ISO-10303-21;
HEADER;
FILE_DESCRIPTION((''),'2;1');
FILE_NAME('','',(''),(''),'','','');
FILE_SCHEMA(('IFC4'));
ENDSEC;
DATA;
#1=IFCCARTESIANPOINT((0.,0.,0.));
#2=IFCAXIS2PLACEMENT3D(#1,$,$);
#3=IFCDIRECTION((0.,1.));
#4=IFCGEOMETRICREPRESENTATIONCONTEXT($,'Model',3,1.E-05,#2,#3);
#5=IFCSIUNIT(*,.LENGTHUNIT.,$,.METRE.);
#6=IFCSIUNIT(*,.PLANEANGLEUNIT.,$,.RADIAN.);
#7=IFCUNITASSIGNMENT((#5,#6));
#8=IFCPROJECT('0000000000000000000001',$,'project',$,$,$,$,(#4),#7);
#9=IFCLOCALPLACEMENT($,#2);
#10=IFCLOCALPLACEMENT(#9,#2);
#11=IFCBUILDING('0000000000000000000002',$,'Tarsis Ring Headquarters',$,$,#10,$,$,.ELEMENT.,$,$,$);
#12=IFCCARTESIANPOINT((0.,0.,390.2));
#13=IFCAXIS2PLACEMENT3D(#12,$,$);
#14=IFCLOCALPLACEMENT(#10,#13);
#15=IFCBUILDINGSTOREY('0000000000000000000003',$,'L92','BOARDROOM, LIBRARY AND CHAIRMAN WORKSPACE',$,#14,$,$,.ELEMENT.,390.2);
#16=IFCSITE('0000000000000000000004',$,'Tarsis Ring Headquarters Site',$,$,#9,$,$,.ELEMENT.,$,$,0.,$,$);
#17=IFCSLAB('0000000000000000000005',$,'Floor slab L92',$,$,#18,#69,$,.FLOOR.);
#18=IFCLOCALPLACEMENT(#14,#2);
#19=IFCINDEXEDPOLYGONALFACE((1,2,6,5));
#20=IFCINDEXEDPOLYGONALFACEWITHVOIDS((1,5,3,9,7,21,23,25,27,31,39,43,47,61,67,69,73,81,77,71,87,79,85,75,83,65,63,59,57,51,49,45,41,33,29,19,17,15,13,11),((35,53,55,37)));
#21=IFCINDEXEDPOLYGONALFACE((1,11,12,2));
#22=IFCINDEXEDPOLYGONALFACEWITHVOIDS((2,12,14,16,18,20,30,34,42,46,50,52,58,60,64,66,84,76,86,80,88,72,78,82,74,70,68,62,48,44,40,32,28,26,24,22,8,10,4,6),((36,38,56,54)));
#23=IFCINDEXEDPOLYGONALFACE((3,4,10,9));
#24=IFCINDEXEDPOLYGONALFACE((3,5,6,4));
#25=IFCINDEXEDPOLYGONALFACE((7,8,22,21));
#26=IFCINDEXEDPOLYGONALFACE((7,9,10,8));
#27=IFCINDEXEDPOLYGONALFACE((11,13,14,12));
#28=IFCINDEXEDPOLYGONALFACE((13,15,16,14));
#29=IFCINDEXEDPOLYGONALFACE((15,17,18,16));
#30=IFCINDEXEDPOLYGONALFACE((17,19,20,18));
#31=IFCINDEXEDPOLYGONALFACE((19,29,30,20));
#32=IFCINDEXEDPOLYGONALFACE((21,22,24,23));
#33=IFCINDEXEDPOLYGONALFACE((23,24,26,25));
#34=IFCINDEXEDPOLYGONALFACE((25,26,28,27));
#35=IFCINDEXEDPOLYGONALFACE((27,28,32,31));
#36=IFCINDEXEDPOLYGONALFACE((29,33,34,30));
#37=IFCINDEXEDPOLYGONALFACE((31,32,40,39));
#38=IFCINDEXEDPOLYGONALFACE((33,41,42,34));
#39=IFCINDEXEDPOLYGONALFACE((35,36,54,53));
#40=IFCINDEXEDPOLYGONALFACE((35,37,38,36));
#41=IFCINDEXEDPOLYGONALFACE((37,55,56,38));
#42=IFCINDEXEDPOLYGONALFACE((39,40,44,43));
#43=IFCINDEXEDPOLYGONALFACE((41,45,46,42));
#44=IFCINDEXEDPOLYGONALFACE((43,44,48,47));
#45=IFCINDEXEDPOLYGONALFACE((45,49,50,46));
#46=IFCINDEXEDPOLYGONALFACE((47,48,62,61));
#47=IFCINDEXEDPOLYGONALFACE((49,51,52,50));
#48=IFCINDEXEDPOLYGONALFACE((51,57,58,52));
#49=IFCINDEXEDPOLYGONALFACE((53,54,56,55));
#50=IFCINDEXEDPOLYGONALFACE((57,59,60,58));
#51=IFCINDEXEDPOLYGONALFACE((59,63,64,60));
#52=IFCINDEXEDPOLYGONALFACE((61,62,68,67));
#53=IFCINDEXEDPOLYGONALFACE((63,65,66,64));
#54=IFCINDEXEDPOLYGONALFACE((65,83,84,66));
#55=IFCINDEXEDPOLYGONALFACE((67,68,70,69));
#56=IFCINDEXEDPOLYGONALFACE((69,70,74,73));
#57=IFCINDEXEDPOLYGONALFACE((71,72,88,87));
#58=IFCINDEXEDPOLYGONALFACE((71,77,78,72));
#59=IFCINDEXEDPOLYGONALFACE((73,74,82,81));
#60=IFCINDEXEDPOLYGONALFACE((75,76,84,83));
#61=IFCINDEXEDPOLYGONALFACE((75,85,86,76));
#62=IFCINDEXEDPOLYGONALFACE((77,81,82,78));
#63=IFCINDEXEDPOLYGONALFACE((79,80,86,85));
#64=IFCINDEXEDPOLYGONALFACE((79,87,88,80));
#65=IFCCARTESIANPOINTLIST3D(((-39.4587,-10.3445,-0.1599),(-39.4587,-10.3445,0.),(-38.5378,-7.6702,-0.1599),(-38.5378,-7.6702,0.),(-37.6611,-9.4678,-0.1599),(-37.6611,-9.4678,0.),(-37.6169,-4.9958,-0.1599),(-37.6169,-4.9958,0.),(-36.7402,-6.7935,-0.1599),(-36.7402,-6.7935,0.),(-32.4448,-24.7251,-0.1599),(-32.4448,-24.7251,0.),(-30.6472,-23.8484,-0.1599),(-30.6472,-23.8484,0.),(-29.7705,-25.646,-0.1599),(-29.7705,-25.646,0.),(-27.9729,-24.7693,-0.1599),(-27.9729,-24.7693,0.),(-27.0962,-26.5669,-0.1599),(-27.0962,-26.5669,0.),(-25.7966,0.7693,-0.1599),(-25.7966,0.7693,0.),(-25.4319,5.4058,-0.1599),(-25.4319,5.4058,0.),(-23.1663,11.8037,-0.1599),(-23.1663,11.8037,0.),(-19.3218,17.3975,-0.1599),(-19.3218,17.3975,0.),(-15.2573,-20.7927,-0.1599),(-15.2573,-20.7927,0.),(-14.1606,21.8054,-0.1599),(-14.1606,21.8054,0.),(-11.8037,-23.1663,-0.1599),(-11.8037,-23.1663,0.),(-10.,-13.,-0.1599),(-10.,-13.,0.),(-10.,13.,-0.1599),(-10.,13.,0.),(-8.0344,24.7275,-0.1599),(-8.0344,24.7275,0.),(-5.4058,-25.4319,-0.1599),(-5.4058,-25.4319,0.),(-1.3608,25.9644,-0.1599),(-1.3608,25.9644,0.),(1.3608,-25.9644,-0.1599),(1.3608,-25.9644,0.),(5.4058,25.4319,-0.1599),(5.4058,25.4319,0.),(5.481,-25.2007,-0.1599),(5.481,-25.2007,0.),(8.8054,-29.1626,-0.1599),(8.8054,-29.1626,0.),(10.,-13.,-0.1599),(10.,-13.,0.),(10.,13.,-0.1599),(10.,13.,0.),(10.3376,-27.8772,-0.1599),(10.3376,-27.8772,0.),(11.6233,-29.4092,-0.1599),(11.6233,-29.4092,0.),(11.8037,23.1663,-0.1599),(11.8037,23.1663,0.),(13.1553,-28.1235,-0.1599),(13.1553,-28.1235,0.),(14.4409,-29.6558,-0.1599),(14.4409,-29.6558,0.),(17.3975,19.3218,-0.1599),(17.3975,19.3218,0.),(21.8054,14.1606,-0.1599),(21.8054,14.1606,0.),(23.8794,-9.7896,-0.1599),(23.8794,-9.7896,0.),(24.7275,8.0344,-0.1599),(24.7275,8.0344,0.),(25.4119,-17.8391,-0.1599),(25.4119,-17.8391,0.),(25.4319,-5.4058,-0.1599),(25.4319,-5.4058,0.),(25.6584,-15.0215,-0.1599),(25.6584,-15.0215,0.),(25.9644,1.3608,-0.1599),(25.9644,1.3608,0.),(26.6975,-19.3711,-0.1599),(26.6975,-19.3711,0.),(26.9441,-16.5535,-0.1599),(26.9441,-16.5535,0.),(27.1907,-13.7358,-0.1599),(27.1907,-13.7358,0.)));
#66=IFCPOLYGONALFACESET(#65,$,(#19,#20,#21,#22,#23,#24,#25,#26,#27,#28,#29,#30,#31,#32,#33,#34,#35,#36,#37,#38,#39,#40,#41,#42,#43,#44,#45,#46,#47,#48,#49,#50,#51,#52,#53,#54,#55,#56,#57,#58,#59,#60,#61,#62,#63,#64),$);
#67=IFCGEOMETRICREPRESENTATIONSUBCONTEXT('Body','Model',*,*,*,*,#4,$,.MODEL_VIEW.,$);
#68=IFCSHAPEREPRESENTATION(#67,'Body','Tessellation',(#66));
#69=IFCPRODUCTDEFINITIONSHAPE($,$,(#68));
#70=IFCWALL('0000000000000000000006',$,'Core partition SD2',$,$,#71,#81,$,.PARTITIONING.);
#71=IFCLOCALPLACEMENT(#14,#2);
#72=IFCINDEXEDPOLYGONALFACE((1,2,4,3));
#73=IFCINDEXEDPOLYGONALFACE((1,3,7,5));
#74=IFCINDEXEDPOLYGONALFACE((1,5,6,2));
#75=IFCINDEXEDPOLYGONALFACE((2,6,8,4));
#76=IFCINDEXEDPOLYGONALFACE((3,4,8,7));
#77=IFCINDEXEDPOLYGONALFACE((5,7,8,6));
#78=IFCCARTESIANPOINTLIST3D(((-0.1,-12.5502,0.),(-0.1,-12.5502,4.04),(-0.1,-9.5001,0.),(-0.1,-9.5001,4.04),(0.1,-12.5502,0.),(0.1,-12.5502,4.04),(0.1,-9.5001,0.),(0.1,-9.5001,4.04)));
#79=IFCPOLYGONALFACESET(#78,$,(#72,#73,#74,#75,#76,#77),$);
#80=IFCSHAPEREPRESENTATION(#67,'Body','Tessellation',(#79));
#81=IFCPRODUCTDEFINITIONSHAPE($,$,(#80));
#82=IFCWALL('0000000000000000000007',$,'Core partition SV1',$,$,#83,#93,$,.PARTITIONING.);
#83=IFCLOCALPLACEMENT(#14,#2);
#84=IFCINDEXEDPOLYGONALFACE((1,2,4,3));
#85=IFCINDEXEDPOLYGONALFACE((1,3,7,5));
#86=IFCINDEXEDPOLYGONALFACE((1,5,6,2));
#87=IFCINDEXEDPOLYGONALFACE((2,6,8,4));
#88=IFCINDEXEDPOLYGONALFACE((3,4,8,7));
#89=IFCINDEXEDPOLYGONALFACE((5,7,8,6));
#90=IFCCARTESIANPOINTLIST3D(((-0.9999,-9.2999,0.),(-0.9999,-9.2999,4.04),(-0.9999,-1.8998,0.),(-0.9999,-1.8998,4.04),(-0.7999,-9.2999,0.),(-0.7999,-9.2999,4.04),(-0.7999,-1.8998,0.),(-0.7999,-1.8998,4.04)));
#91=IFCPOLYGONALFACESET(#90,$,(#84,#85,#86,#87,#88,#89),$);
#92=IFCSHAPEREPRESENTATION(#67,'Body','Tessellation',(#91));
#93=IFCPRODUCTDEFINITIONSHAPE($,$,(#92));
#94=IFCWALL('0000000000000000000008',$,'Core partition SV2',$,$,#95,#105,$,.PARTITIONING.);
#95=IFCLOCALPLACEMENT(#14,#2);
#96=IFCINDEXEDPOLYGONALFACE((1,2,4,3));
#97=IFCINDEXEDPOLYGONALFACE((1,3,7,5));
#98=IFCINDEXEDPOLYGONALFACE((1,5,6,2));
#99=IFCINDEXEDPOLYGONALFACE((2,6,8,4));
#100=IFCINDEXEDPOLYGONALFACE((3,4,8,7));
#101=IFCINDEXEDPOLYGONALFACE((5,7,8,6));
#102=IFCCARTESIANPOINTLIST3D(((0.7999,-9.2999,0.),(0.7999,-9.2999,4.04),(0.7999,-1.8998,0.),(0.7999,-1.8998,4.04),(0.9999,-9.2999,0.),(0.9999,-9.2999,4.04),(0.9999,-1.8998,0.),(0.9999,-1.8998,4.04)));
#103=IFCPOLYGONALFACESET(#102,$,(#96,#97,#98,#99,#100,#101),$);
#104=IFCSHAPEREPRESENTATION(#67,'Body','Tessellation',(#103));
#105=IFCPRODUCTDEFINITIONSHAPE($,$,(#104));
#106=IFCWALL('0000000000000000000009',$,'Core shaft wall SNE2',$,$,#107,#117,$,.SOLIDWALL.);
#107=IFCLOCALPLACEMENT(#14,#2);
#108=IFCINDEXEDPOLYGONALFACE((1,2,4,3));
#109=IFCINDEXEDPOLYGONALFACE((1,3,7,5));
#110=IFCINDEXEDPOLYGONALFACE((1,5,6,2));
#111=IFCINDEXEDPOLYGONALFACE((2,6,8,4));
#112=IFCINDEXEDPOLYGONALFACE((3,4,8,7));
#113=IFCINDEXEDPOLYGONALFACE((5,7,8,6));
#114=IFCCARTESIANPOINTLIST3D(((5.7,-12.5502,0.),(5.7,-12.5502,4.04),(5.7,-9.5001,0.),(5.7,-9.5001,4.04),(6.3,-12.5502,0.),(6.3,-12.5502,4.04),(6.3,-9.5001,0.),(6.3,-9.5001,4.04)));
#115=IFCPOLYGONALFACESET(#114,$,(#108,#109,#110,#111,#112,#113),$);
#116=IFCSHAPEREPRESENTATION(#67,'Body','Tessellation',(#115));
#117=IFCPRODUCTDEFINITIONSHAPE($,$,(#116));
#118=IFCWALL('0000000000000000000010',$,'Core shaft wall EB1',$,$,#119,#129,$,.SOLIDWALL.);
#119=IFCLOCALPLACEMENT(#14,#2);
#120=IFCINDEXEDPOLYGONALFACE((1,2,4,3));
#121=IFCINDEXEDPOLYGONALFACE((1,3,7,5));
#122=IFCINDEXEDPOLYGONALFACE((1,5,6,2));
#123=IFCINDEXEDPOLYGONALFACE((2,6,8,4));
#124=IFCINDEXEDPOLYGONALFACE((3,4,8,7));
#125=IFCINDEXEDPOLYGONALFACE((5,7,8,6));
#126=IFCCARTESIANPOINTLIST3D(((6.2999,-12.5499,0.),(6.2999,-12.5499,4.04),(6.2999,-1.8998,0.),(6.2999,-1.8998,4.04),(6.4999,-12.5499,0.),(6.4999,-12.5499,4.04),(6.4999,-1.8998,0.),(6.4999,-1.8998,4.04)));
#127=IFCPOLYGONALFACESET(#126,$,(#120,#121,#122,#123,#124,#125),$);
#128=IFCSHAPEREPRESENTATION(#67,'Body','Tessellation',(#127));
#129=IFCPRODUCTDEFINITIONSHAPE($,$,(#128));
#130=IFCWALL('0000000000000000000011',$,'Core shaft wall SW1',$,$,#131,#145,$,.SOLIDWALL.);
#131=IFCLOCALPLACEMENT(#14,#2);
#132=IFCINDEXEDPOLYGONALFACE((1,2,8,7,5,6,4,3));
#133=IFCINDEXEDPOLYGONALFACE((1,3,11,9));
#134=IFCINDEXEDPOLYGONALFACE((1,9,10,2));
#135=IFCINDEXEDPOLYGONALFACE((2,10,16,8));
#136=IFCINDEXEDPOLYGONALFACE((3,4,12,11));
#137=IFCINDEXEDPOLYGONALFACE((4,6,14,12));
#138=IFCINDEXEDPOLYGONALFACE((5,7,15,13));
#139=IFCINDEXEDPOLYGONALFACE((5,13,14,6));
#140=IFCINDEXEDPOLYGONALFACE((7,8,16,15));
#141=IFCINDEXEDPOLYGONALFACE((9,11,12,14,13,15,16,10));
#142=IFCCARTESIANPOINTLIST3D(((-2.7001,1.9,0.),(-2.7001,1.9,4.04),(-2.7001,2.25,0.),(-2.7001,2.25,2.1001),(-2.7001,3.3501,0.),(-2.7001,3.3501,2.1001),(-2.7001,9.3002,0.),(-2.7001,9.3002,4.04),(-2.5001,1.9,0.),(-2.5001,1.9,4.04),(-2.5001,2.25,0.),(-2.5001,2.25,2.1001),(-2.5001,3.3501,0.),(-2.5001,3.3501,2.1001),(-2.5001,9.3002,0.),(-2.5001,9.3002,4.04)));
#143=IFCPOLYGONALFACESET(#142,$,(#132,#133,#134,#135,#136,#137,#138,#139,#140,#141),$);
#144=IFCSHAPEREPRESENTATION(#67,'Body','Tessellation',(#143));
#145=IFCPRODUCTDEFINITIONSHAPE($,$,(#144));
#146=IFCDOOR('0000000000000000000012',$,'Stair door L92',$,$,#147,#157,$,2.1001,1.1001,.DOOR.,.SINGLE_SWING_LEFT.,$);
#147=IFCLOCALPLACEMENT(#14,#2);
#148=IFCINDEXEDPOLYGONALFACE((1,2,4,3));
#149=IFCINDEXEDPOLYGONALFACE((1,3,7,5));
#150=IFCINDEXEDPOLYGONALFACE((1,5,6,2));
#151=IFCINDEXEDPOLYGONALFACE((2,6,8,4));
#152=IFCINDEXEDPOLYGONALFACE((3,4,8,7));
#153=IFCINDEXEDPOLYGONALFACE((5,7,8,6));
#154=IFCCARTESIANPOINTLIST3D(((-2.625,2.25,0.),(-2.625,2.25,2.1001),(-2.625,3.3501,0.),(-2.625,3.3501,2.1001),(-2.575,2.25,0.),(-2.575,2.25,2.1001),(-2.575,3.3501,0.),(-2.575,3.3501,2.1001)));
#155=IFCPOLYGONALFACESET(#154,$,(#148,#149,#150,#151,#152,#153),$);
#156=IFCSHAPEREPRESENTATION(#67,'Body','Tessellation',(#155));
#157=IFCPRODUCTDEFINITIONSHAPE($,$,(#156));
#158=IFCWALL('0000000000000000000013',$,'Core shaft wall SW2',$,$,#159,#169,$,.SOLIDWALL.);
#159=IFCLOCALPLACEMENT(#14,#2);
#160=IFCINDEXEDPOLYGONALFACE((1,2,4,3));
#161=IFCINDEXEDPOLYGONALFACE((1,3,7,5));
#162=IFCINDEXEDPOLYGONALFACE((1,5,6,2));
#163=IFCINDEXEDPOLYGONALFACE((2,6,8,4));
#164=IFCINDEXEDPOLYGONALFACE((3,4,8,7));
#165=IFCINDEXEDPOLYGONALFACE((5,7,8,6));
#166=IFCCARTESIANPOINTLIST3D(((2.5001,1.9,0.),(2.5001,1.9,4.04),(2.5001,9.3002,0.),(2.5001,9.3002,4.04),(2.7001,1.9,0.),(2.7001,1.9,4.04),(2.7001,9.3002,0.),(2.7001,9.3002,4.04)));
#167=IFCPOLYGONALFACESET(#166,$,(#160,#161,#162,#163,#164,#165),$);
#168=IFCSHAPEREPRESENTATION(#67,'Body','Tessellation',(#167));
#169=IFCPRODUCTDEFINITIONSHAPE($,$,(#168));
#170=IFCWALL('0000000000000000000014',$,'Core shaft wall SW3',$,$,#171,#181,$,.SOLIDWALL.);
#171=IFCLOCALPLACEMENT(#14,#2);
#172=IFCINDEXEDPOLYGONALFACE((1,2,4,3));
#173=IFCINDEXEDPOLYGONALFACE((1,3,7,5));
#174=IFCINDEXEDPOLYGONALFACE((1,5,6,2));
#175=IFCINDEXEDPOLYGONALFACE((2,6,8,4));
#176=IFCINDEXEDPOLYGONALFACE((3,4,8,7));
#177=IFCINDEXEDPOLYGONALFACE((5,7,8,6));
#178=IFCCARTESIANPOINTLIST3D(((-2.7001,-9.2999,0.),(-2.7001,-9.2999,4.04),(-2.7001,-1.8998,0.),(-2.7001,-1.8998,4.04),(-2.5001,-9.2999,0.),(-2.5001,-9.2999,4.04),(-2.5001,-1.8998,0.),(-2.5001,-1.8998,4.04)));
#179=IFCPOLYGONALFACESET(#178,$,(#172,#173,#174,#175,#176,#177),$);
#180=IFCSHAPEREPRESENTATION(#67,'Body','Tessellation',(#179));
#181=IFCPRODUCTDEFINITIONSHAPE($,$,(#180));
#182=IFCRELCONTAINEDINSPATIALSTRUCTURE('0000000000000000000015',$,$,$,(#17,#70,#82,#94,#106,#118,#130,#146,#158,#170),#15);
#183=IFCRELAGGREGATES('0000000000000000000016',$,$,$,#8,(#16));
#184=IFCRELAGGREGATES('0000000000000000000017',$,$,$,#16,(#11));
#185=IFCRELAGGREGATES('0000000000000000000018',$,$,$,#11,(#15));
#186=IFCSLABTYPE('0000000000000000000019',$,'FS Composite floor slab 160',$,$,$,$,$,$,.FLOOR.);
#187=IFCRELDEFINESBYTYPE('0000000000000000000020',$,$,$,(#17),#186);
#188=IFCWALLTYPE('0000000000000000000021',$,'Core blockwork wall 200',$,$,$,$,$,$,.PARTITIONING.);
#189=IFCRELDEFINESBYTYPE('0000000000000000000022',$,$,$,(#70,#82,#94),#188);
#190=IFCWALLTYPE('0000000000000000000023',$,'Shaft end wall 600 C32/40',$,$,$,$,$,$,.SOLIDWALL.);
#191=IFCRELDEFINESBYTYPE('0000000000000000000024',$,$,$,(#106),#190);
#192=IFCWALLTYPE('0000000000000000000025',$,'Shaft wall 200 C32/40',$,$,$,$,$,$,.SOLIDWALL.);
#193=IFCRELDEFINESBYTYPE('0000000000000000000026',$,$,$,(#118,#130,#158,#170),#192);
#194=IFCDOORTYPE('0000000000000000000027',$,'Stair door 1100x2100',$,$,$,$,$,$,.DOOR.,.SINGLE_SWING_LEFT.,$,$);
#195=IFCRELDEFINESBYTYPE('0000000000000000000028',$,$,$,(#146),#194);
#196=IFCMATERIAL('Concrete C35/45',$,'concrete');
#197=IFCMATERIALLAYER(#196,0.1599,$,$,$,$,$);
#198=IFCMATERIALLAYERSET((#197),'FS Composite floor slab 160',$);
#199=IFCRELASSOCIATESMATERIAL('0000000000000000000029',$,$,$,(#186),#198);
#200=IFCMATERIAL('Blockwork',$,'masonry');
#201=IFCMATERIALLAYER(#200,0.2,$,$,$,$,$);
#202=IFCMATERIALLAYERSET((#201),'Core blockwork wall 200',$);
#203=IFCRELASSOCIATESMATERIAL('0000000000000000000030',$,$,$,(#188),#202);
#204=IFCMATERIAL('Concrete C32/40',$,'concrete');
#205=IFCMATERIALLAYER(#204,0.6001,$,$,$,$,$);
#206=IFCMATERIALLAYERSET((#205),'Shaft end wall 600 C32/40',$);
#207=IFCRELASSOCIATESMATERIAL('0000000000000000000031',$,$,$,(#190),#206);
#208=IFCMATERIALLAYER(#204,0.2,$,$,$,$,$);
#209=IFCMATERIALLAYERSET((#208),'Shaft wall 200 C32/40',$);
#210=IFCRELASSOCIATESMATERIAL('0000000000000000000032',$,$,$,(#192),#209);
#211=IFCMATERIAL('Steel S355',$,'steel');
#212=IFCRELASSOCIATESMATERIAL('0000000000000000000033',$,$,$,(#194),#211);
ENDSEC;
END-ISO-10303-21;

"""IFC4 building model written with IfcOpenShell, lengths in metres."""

from ifc_helpers import new_model, si_unit, direction, frame, frame_2d, origin, place, context, subcontext, project, spatial, polyline, rectangle, outline, extrude, material, layer, layer_set, type_object, element, fill, save


model = new_model("IFC4")

# Units and contexts
model_context = context("Model", 3, precision=1e-05, world=origin(), true_north=direction((0.0, 1.0)))
body_context = subcontext(model_context, "Body", "Model", "MODEL_VIEW")
ifc_project = project(units=[si_unit("LENGTHUNIT", "METRE"), si_unit("PLANEANGLEUNIT", "RADIAN")], contexts=[model_context])

# Site, building, storey
site_placement = place(None, origin())
site = spatial("IfcSite", under=ifc_project, at=site_placement, Name="Tarsis Ring Headquarters Site", CompositionType="ELEMENT", RefElevation=0.0)
building_placement = place(site_placement, origin())
building = spatial("IfcBuilding", under=site, at=building_placement, Name="Tarsis Ring Headquarters", CompositionType="ELEMENT")
storey_placement = place(building_placement, frame((0.0, 0.0, 390.2)))
storey = spatial("IfcBuildingStorey", under=building, at=storey_placement, Name="L92", Description="BOARDROOM, LIBRARY AND CHAIRMAN WORKSPACE", CompositionType="ELEMENT", Elevation=390.2)

# Slab
ifc_material_1 = material(Name="Concrete C35/45", Category="concrete")
ifc_layer_1 = layer(ifc_material_1, 0.1599)
ifc_layer_set_1 = layer_set([ifc_layer_1], Name="FS Composite floor slab 160")
slab_type_1 = type_object("IfcSlabType", Name="FS Composite floor slab 160", PredefinedType="FLOOR", material=ifc_layer_set_1)
slab_1_placement = place(storey_placement, frame((0.0, 0.0, -0.1599)))
element("IfcSlab", 1, at=slab_1_placement, inside=storey, type_object=slab_type_1, Name="Floor slab L92", PredefinedType="FLOOR", context=body_context, shape_type="SweptSolid", body=[
    extrude(outline(polyline([(-15.2573, -20.7927), (-11.8037, -23.1663), (-5.4058, -25.4319), (1.3608, -25.9644), (5.481, -25.2007), (8.8054, -29.1626), (10.3376, -27.8772), (11.6233, -29.4092), (13.1553, -28.1235), (14.4409, -29.6558), (26.6975, -19.3711), (25.4119, -17.8391), (26.9441, -16.5535), (25.6584, -15.0215), (27.1907, -13.7358), (23.8794, -9.7896), (25.4319, -5.4058), (25.9644, 1.3608), (24.7275, 8.0344), (21.8054, 14.1606), (17.3975, 19.3218), (11.8037, 23.1663), (5.4058, 25.4319), (-1.3608, 25.9644), (-8.0344, 24.7275), (-14.1606, 21.8054), (-19.3218, 17.3975), (-23.1663, 11.8037), (-25.4319, 5.4058), (-25.7966, 0.7693), (-37.6169, -4.9958), (-36.7402, -6.7935), (-38.5378, -7.6702), (-37.6611, -9.4678), (-39.4587, -10.3445), (-32.4448, -24.7251), (-30.6472, -23.8484), (-29.7705, -25.646), (-27.9729, -24.7693), (-27.0962, -26.5669), (-15.2573, -20.7927)]), holes=[polyline([(-10.0, -13.0), (-10.0, 13.0), (10.0, 13.0), (10.0, -13.0), (-10.0, -13.0)])]), origin(), (0.0, 0.0, 1.0), 0.1599),
])

# Walls
ifc_material_2 = material(Name="Blockwork", Category="masonry")
ifc_layer_2 = layer(ifc_material_2, 0.2)
ifc_layer_set_2 = layer_set([ifc_layer_2], Name="Core blockwork wall 200")
wall_type_1 = type_object("IfcWallType", Name="Core blockwork wall 200", PredefinedType="PARTITIONING", material=ifc_layer_set_2)
wall_1_placement = place(storey_placement, frame((0.0, -12.55, 0.0), z_axis=(0.0, 0.0, 1.0), x_axis=(0.0, 1.0, 0.0)))
element("IfcWall", 2, at=wall_1_placement, inside=storey, type_object=wall_type_1, Name="Core partition SD2", PredefinedType="PARTITIONING", context=body_context, shape_type="SweptSolid", body=[
    extrude(rectangle(XDim=3.05, YDim=0.2, at=frame_2d((1.5249, 0.0))), origin(), (0.0, 0.0, 1.0), 4.04),
])
for number, where, z_axis, x_axis, name in (
    (3, (-0.8999, -9.3, 0.0), (0.0, 0.0, 1.0), (0.0, 1.0, 0.0), "Core partition SV1"),
    (4, (0.8999, -9.3, 0.0), (0.0, 0.0, 1.0), (0.0, 1.0, 0.0), "Core partition SV2"),
):
    element("IfcWall", number, at=place(storey_placement, frame(where, z_axis=z_axis, x_axis=x_axis)), inside=storey, type_object=wall_type_1, Name=name, PredefinedType="PARTITIONING", context=body_context, shape_type="SweptSolid", body=[
        extrude(rectangle(XDim=7.4001, YDim=0.2, at=frame_2d((3.7002, 0.0))), origin(), (0.0, 0.0, 1.0), 4.04),
    ])
ifc_material_3 = material(Name="Concrete C32/40", Category="concrete")
ifc_layer_3 = layer(ifc_material_3, 0.6001)
ifc_layer_set_3 = layer_set([ifc_layer_3], Name="Shaft end wall 600 C32/40")
wall_type_2 = type_object("IfcWallType", Name="Shaft end wall 600 C32/40", PredefinedType="SOLIDWALL", material=ifc_layer_set_3)
wall_2_placement = place(storey_placement, frame((6.0, -12.55, 0.0), z_axis=(0.0, 0.0, 1.0), x_axis=(0.0, 1.0, 0.0)))
element("IfcWall", 5, at=wall_2_placement, inside=storey, type_object=wall_type_2, Name="Core shaft wall SNE2", PredefinedType="SOLIDWALL", context=body_context, shape_type="SweptSolid", body=[
    extrude(rectangle(XDim=3.05, YDim=0.6001, at=frame_2d((1.5249, 0.0))), origin(), (0.0, 0.0, 1.0), 4.04),
])
ifc_layer_4 = layer(ifc_material_3, 0.2)
ifc_layer_set_4 = layer_set([ifc_layer_4], Name="Shaft wall 200 C32/40")
wall_type_3 = type_object("IfcWallType", Name="Shaft wall 200 C32/40", PredefinedType="SOLIDWALL", material=ifc_layer_set_4)
wall_3_placement = place(storey_placement, frame((6.3999, -12.55, 0.0), z_axis=(0.0, 0.0, 1.0), x_axis=(0.0, 1.0, 0.0)))
element("IfcWall", 6, at=wall_3_placement, inside=storey, type_object=wall_type_3, Name="Core shaft wall EB1", PredefinedType="SOLIDWALL", context=body_context, shape_type="SweptSolid", body=[
    extrude(rectangle(XDim=10.6501, YDim=0.2, at=frame_2d((5.3252, 0.0))), origin(), (0.0, 0.0, 1.0), 4.04),
])

# Wall, opening, door
wall_4_placement = place(storey_placement, frame((-2.6001, 1.8999, 0.0), z_axis=(0.0, 0.0, 1.0), x_axis=(0.0, 1.0, 0.0)))
wall_4 = element("IfcWall", 7, at=wall_4_placement, inside=storey, type_object=wall_type_3, Name="Core shaft wall SW1", PredefinedType="SOLIDWALL", context=body_context, shape_type="SweptSolid", body=[
    extrude(rectangle(XDim=7.4001, YDim=0.2, at=frame_2d((3.7002, 0.0))), origin(), (0.0, 0.0, 1.0), 4.04),
])
opening_placement = place(wall_4_placement, frame((0.3501, 0.0, 0.0)))
opening = element("IfcOpeningElement", 8, at=opening_placement, cuts=wall_4, PredefinedType="OPENING", context=body_context, shape_type="SweptSolid", body=[
    extrude(rectangle(XDim=1.1001, YDim=2.1001, at=frame_2d((0.55, 1.05))), frame((0.0, 0.1099, 0.0), z_axis=(0.0, -1.0, 0.0), x_axis=(1.0, 0.0, 0.0)), (0.0, 0.0, 1.0), 0.22),
])
ifc_material_4 = material(Name="Steel S355", Category="steel")
door_type = type_object("IfcDoorType", Name="Stair door 1100x2100", OperationType="SINGLE_SWING_LEFT", PredefinedType="DOOR", material=ifc_material_4)
door_placement = place(opening_placement, origin())
door = element("IfcDoor", 9, at=door_placement, inside=storey, type_object=door_type, Name="Stair door L92", OperationType="SINGLE_SWING_LEFT", OverallHeight=2.1001, OverallWidth=1.1001, PredefinedType="DOOR", context=body_context, shape_type="SweptSolid", body=[
    extrude(rectangle(XDim=1.1001, YDim=2.1001, at=frame_2d((0.55, 1.05))), frame((0.0, 0.0249, 0.0), z_axis=(0.0, -1.0, 0.0), x_axis=(1.0, 0.0, 0.0)), (0.0, 0.0, 1.0), 0.05),
])
fill(opening, door)

# Walls
for number, where, z_axis, x_axis, name in (
    (10, (2.6001, 1.8999, 0.0), (0.0, 0.0, 1.0), (0.0, 1.0, 0.0), "Core shaft wall SW2"),
    (11, (-2.6001, -9.3, 0.0), (0.0, 0.0, 1.0), (0.0, 1.0, 0.0), "Core shaft wall SW3"),
):
    element("IfcWall", number, at=place(storey_placement, frame(where, z_axis=z_axis, x_axis=x_axis)), inside=storey, type_object=wall_type_3, Name=name, PredefinedType="SOLIDWALL", context=body_context, shape_type="SweptSolid", body=[
        extrude(rectangle(XDim=7.4001, YDim=0.2, at=frame_2d((3.7002, 0.0))), origin(), (0.0, 0.0, 1.0), 4.04),
    ])

save(model, "model.ifc")
